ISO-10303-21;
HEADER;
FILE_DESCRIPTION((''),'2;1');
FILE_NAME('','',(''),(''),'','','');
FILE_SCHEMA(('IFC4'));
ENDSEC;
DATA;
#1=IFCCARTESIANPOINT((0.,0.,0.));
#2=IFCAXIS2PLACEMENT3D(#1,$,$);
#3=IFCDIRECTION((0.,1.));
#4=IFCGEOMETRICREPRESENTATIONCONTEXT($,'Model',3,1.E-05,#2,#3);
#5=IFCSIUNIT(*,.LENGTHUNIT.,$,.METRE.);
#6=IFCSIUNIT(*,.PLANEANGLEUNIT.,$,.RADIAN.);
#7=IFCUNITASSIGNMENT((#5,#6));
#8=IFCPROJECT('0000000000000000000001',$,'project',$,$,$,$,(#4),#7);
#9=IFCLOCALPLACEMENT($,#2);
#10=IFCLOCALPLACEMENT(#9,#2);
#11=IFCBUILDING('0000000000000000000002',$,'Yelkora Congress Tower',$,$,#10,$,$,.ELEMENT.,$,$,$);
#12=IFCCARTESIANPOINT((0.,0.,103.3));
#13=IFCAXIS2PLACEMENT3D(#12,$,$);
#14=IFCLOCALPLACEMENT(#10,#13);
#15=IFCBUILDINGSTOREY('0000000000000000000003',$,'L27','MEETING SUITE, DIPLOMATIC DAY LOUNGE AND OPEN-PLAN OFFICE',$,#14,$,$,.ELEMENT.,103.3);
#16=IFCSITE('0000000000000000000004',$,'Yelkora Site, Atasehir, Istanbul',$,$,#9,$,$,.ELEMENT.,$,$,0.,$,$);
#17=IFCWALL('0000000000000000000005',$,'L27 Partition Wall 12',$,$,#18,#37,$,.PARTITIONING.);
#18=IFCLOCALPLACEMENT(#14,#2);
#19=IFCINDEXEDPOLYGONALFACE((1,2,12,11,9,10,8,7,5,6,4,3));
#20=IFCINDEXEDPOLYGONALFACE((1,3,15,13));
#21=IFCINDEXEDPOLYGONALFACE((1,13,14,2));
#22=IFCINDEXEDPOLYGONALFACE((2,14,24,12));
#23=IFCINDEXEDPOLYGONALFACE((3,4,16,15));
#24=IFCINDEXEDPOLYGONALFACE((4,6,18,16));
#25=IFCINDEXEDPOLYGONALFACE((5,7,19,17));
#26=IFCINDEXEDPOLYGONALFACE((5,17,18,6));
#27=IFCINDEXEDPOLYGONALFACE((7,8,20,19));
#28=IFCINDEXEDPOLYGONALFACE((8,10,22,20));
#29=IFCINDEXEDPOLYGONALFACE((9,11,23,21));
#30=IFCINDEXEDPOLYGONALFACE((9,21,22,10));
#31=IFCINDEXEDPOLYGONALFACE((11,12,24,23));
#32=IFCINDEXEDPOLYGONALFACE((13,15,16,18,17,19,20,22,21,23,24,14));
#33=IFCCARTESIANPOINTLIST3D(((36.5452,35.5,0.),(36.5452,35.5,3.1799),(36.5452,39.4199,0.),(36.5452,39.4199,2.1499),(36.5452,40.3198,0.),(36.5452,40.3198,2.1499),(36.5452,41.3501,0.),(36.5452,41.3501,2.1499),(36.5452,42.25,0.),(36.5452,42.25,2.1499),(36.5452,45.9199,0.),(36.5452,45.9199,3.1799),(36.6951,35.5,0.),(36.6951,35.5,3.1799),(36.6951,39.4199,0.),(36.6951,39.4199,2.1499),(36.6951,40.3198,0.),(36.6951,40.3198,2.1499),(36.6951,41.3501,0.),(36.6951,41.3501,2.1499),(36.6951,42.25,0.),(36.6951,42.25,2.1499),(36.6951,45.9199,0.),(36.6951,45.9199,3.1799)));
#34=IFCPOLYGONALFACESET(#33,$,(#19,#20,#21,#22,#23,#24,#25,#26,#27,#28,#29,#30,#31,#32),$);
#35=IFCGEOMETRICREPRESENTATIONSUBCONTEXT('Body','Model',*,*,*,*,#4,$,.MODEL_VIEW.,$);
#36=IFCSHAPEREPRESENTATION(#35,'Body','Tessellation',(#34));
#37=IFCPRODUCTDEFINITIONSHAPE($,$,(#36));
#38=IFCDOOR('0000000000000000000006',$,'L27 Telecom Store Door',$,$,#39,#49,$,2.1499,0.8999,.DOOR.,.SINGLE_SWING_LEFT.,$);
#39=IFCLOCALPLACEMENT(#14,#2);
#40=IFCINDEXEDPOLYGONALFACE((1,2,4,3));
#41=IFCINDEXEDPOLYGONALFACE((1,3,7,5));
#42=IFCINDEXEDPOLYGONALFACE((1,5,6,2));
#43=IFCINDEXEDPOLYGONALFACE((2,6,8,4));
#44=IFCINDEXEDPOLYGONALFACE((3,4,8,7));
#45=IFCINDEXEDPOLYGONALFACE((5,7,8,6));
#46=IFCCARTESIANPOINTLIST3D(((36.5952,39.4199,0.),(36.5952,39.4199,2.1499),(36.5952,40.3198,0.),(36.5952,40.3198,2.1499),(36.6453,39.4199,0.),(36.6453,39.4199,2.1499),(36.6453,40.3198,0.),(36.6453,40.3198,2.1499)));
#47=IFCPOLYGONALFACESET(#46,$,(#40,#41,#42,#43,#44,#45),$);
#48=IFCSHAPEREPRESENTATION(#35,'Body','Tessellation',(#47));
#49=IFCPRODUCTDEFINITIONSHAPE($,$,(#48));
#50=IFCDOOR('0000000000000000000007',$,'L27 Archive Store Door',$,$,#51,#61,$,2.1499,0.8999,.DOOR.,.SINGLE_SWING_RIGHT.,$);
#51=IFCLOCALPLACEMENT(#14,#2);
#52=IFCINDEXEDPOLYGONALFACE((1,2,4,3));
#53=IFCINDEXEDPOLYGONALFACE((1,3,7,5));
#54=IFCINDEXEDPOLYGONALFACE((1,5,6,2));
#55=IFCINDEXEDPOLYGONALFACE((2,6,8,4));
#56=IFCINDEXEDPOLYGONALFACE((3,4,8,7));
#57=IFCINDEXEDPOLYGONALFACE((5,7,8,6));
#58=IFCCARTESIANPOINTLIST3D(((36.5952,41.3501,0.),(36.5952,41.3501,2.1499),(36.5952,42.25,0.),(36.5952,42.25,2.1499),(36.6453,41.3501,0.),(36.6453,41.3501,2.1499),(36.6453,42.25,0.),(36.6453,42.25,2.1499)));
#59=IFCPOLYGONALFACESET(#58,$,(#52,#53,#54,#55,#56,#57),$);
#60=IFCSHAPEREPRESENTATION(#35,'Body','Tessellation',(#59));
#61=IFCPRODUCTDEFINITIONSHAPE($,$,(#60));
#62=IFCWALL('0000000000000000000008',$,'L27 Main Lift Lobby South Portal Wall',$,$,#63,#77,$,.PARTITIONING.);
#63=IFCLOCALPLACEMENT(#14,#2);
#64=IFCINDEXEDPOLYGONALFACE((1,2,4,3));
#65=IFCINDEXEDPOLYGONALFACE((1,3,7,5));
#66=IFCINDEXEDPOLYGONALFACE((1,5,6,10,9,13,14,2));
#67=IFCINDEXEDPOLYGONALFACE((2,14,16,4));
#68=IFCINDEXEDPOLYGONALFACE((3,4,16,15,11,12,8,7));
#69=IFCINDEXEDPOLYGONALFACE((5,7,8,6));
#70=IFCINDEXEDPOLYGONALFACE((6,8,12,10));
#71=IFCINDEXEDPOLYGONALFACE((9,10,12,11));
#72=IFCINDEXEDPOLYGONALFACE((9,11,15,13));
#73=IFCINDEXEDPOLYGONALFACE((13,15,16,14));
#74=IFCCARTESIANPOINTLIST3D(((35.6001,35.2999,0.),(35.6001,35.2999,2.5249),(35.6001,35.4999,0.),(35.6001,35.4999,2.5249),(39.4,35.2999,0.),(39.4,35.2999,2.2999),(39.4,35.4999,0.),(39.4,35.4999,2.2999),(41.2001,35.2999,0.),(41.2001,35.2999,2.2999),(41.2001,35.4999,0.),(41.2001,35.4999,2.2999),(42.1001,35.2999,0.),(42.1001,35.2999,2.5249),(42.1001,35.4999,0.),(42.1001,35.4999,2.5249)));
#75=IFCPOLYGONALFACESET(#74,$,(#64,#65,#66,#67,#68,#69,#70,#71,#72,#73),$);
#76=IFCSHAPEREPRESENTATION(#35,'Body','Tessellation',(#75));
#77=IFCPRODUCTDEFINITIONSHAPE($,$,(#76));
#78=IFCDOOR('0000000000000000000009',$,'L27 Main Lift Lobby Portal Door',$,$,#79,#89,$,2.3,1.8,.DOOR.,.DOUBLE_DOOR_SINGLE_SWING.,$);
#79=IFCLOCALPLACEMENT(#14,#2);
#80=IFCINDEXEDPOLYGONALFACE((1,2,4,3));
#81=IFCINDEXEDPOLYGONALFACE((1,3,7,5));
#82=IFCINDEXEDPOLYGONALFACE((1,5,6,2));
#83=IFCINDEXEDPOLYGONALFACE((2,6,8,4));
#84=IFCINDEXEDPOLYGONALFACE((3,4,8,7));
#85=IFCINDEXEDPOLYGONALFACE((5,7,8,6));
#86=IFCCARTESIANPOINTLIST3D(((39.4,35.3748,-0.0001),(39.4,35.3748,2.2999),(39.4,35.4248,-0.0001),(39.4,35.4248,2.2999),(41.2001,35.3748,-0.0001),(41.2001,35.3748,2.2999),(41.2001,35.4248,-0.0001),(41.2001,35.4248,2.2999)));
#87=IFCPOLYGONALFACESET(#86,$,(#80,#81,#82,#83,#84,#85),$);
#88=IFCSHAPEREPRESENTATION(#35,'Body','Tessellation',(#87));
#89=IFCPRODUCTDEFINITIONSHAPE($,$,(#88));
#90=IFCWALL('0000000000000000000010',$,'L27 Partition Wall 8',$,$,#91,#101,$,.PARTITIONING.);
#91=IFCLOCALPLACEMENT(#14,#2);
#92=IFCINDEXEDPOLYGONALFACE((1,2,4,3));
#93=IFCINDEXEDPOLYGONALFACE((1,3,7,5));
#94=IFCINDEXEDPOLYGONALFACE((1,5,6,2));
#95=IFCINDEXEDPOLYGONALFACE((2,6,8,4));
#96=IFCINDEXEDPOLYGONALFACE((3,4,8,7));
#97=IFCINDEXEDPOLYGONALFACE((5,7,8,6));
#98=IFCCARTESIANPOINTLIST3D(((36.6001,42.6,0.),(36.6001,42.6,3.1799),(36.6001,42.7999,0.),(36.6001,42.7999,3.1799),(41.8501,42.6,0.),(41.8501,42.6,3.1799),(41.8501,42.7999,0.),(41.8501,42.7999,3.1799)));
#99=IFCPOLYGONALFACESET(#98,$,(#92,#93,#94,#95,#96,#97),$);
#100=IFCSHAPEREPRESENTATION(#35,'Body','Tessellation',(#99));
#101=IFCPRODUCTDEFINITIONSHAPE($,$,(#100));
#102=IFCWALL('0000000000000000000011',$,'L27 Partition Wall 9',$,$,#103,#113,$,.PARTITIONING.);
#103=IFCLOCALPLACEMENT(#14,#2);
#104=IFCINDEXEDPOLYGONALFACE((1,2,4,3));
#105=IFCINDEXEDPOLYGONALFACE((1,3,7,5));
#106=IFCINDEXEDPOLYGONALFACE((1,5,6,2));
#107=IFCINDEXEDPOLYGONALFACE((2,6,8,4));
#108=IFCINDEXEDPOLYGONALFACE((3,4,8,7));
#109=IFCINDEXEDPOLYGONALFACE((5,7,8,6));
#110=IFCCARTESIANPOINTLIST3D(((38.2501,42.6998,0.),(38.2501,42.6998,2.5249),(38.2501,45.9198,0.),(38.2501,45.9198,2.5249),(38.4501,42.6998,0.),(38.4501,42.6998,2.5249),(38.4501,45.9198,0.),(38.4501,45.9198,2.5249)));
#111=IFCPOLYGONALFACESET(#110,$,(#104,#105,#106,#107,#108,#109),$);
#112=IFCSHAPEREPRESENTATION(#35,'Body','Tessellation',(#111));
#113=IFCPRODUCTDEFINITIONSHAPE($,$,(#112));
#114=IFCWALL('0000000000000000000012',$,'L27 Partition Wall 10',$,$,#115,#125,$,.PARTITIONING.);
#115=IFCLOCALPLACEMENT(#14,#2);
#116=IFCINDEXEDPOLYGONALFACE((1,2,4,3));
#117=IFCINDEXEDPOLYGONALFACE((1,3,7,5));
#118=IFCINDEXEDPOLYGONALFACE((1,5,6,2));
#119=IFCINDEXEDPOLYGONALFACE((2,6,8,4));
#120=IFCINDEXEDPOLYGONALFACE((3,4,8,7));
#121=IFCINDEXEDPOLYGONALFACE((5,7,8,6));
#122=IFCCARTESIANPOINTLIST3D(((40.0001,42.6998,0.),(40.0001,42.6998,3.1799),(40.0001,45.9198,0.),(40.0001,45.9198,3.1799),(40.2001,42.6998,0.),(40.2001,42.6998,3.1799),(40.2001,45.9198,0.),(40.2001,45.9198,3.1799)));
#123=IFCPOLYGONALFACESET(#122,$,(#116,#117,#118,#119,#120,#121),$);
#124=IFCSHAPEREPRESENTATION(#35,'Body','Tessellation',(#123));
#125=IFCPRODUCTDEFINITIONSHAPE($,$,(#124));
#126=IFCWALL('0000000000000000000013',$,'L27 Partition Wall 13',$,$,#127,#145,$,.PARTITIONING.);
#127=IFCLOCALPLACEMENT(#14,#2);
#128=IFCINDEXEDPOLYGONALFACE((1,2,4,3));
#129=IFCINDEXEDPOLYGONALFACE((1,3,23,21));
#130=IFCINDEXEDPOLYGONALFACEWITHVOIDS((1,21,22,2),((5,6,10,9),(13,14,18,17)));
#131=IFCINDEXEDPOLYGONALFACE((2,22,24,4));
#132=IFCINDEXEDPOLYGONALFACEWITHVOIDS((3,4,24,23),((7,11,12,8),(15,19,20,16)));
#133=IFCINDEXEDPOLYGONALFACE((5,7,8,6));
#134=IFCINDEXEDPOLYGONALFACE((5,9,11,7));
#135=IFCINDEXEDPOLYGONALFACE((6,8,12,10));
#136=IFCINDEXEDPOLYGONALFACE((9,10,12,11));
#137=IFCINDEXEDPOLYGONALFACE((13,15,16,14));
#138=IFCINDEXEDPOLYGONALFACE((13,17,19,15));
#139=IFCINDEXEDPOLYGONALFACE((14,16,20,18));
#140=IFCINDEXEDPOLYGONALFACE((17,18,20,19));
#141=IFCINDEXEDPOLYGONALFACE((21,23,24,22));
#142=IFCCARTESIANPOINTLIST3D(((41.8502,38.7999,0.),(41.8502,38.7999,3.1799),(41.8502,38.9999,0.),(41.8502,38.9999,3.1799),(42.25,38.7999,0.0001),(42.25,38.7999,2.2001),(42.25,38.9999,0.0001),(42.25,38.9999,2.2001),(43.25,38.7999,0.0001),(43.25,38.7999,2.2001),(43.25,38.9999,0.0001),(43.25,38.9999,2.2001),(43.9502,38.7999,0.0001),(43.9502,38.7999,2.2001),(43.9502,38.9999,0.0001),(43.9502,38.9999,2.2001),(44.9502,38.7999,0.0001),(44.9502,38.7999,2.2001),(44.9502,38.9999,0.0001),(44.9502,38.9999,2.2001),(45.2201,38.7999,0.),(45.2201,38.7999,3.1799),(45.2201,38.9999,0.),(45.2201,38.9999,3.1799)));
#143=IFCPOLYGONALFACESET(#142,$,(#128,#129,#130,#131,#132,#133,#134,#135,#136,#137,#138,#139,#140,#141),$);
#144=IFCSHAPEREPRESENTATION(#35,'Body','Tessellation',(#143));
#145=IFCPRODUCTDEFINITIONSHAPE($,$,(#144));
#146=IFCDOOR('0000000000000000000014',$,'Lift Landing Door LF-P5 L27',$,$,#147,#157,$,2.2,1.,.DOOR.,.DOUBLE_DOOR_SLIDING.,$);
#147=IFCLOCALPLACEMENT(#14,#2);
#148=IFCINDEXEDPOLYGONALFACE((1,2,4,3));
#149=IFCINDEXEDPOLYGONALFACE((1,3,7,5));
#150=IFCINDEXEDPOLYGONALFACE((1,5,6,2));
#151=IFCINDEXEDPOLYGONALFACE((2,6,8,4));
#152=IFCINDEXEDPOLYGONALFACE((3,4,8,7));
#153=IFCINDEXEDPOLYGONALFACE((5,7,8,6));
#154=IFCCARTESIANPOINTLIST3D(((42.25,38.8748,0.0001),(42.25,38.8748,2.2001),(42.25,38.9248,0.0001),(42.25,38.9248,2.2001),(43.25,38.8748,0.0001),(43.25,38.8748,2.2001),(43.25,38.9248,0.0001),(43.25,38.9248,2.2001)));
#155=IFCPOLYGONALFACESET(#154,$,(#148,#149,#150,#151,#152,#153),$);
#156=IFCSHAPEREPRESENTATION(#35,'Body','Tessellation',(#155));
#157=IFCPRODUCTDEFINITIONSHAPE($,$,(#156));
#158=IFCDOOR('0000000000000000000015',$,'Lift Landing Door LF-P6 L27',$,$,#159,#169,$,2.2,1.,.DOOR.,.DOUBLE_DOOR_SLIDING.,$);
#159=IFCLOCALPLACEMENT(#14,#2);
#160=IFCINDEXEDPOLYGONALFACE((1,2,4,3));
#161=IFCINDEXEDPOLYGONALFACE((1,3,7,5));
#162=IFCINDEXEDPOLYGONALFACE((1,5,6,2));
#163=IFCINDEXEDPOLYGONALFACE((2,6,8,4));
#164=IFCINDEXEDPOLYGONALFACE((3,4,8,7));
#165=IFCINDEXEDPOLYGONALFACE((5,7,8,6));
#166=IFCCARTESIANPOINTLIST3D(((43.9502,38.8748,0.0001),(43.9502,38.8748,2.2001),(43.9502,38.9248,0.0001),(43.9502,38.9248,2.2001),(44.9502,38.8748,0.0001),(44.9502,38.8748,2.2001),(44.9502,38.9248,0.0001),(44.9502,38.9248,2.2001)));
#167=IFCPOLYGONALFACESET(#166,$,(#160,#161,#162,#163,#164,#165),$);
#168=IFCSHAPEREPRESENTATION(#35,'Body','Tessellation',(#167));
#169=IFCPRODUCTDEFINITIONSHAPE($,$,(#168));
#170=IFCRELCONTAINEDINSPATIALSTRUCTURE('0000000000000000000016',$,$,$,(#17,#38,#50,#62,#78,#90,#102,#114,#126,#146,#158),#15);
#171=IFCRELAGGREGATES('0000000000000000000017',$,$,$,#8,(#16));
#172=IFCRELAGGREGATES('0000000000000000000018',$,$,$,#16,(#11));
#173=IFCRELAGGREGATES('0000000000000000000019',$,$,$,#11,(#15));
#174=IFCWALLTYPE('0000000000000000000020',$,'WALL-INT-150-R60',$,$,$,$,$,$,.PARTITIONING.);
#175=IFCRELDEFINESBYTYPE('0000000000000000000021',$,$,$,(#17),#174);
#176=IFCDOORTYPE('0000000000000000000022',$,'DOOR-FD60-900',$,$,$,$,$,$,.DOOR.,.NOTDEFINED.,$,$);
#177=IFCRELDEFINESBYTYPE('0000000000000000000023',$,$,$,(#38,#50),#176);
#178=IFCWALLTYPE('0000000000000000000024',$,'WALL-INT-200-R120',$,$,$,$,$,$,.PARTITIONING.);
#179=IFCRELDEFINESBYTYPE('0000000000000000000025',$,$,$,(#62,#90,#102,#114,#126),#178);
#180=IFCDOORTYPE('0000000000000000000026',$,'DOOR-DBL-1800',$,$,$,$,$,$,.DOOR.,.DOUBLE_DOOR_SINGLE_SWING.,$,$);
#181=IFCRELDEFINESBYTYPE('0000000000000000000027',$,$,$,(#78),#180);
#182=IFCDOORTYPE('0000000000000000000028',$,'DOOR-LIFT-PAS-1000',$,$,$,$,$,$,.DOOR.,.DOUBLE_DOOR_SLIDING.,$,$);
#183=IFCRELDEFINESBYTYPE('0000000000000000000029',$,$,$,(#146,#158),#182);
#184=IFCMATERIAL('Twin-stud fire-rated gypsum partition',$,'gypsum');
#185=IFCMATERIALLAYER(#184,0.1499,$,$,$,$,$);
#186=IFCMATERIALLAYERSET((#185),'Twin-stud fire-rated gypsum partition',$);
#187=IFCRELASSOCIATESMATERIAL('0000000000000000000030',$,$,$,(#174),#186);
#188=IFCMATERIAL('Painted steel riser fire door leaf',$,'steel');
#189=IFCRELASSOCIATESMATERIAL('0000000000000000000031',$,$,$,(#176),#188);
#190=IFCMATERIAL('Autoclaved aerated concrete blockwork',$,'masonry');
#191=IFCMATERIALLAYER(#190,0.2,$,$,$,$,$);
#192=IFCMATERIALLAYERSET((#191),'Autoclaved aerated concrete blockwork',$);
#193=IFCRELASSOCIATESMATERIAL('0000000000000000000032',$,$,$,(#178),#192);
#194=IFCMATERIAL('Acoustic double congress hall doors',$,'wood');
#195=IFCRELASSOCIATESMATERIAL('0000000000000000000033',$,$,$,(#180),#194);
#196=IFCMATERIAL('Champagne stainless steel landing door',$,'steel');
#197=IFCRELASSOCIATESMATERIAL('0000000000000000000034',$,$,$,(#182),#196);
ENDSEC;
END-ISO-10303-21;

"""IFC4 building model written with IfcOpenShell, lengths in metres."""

from ifc_helpers import new_model, si_unit, direction, frame, frame_2d, origin, place, context, subcontext, project, spatial, rectangle, extrude, material, layer, layer_set, type_object, element, fill, save


model = new_model("IFC4")

# Units and contexts
model_context = context("Model", 3, precision=1e-05, world=origin(), true_north=direction((0.0, 1.0)))
body_context = subcontext(model_context, "Body", "Model", "MODEL_VIEW")
ifc_project = project(units=[si_unit("LENGTHUNIT", "METRE"), si_unit("PLANEANGLEUNIT", "RADIAN")], contexts=[model_context])

# Site, building, storey
site_placement = place(None, origin())
site = spatial("IfcSite", under=ifc_project, at=site_placement, Name="Yelkora Site, Atasehir, Istanbul", CompositionType="ELEMENT", RefElevation=0.0)
building_placement = place(site_placement, origin())
building = spatial("IfcBuilding", under=site, at=building_placement, Name="Yelkora Congress Tower", CompositionType="ELEMENT")
storey_placement = place(building_placement, frame((0.0, 0.0, 103.3)))
storey = spatial("IfcBuildingStorey", under=building, at=storey_placement, Name="L27", Description="MEETING SUITE, DIPLOMATIC DAY LOUNGE AND OPEN-PLAN OFFICE", CompositionType="ELEMENT", Elevation=103.3)

# Shared definitions
ifc_material_1 = material(Name="Twin-stud fire-rated gypsum partition", Category="gypsum")
ifc_layer_1 = layer(ifc_material_1, 0.1499)
ifc_layer_set_1 = layer_set([ifc_layer_1], Name="Twin-stud fire-rated gypsum partition")
wall_type_1 = type_object("IfcWallType", Name="WALL-INT-150-R60", PredefinedType="PARTITIONING", material=ifc_layer_set_1)

# Wall, openings, doors
wall_1_placement = place(storey_placement, frame((36.6201, 35.5, 0.0), z_axis=(0.0, 0.0, 1.0), x_axis=(0.0, 1.0, 0.0)))
wall_1 = element("IfcWall", 1, at=wall_1_placement, inside=storey, type_object=wall_type_1, Name="L27 Partition Wall 12", PredefinedType="PARTITIONING", context=body_context, shape_type="SweptSolid", body=[
    extrude(rectangle(XDim=10.4199, YDim=0.1499, at=frame_2d((5.21, 0.0))), origin(), (0.0, 0.0, 1.0), 3.1799),
])
opening_1_placement = place(wall_1_placement, frame((3.9199, 0.0, 0.0)))
opening_1 = element("IfcOpeningElement", 2, at=opening_1_placement, cuts=wall_1, PredefinedType="OPENING", context=body_context, shape_type="SweptSolid", body=[
    extrude(rectangle(XDim=0.8999, YDim=2.1499, at=frame_2d((0.45, 1.075))), frame((0.0, 0.085, 0.0), z_axis=(0.0, -1.0, 0.0), x_axis=(1.0, 0.0, 0.0)), (0.0, 0.0, 1.0), 0.1699),
])
opening_2_placement = place(wall_1_placement, frame((5.8501, 0.0, 0.0)))
opening_2 = element("IfcOpeningElement", 3, at=opening_2_placement, cuts=wall_1, PredefinedType="OPENING", context=body_context, shape_type="SweptSolid", body=[
    extrude(rectangle(XDim=0.8999, YDim=2.1499, at=frame_2d((0.45, 1.075))), frame((0.0, 0.085, 0.0), z_axis=(0.0, -1.0, 0.0), x_axis=(1.0, 0.0, 0.0)), (0.0, 0.0, 1.0), 0.1699),
])
ifc_material_2 = material(Name="Painted steel riser fire door leaf", Category="steel")
door_type_1 = type_object("IfcDoorType", Name="DOOR-FD60-900", OperationType="NOTDEFINED", PredefinedType="DOOR", material=ifc_material_2)
door_1_placement = place(opening_1_placement, origin())
door_1 = element("IfcDoor", 4, at=door_1_placement, inside=storey, type_object=door_type_1, Name="L27 Telecom Store Door", OperationType="SINGLE_SWING_LEFT", OverallHeight=2.1499, OverallWidth=0.8999, PredefinedType="DOOR", context=body_context, shape_type="SweptSolid", body=[
    extrude(rectangle(XDim=0.8999, YDim=2.1499, at=frame_2d((0.45, 1.075))), frame((0.0, 0.0249, 0.0), z_axis=(0.0, -1.0, 0.0), x_axis=(1.0, 0.0, 0.0)), (0.0, 0.0, 1.0), 0.05),
])
fill(opening_1, door_1)
door_2_placement = place(opening_2_placement, origin())
door_2 = element("IfcDoor", 5, at=door_2_placement, inside=storey, type_object=door_type_1, Name="L27 Archive Store Door", OperationType="SINGLE_SWING_RIGHT", OverallHeight=2.1499, OverallWidth=0.8999, PredefinedType="DOOR", context=body_context, shape_type="SweptSolid", body=[
    extrude(rectangle(XDim=0.8999, YDim=2.1499, at=frame_2d((0.45, 1.075))), frame((0.0, 0.0249, 0.0), z_axis=(0.0, -1.0, 0.0), x_axis=(1.0, 0.0, 0.0)), (0.0, 0.0, 1.0), 0.05),
])
fill(opening_2, door_2)

# Wall, opening, door
ifc_material_3 = material(Name="Autoclaved aerated concrete blockwork", Category="masonry")
ifc_layer_2 = layer(ifc_material_3, 0.2)
ifc_layer_set_2 = layer_set([ifc_layer_2], Name="Autoclaved aerated concrete blockwork")
wall_type_2 = type_object("IfcWallType", Name="WALL-INT-200-R120", PredefinedType="PARTITIONING", material=ifc_layer_set_2)
wall_2_placement = place(storey_placement, frame((35.6001, 35.3999, 0.0), z_axis=(0.0, 0.0, 1.0), x_axis=(1.0, 0.0, 0.0)))
wall_2 = element("IfcWall", 6, at=wall_2_placement, inside=storey, type_object=wall_type_2, Name="L27 Main Lift Lobby South Portal Wall", PredefinedType="PARTITIONING", context=body_context, shape_type="SweptSolid", body=[
    extrude(rectangle(XDim=6.5, YDim=0.2, at=frame_2d((3.25, 0.0))), origin(), (0.0, 0.0, 1.0), 2.5249),
])
opening_3_placement = place(wall_2_placement, frame((3.8, 0.0, 0.0)))
opening_3 = element("IfcOpeningElement", 7, at=opening_3_placement, cuts=wall_2, PredefinedType="OPENING", context=body_context, shape_type="SweptSolid", body=[
    extrude(rectangle(XDim=1.8, YDim=2.3, at=frame_2d((0.8999, 1.1499))), frame((0.0, 0.1099, 0.0), z_axis=(0.0, -1.0, 0.0), x_axis=(1.0, 0.0, 0.0)), (0.0, 0.0, 1.0), 0.22),
])
ifc_material_4 = material(Name="Acoustic double congress hall doors", Category="wood")
door_type_2 = type_object("IfcDoorType", Name="DOOR-DBL-1800", OperationType="DOUBLE_DOOR_SINGLE_SWING", PredefinedType="DOOR", material=ifc_material_4)
door_3_placement = place(opening_3_placement, origin())
door_3 = element("IfcDoor", 8, at=door_3_placement, inside=storey, type_object=door_type_2, Name="L27 Main Lift Lobby Portal Door", OperationType="DOUBLE_DOOR_SINGLE_SWING", OverallHeight=2.3, OverallWidth=1.8, PredefinedType="DOOR", context=body_context, shape_type="SweptSolid", body=[
    extrude(rectangle(XDim=1.8, YDim=2.3, at=frame_2d((0.8999, 1.1499))), frame((0.0, 0.0249, 0.0), z_axis=(0.0, -1.0, 0.0), x_axis=(1.0, 0.0, 0.0)), (0.0, 0.0, 1.0), 0.05),
])
fill(opening_3, door_3)

# Walls
wall_3_placement = place(storey_placement, frame((36.6001, 42.7, 0.0), z_axis=(0.0, 0.0, 1.0), x_axis=(1.0, 0.0, 0.0)))
element("IfcWall", 9, at=wall_3_placement, inside=storey, type_object=wall_type_2, Name="L27 Partition Wall 8", PredefinedType="PARTITIONING", context=body_context, shape_type="SweptSolid", body=[
    extrude(rectangle(XDim=5.25, YDim=0.2, at=frame_2d((2.625, 0.0))), origin(), (0.0, 0.0, 1.0), 3.1799),
])
wall_4_placement = place(storey_placement, frame((38.3501, 42.7, 0.0), z_axis=(0.0, 0.0, 1.0), x_axis=(0.0, 1.0, 0.0)))
element("IfcWall", 10, at=wall_4_placement, inside=storey, type_object=wall_type_2, Name="L27 Partition Wall 9", PredefinedType="PARTITIONING", context=body_context, shape_type="SweptSolid", body=[
    extrude(rectangle(XDim=3.22, YDim=0.2, at=frame_2d((1.6099, 0.0))), origin(), (0.0, 0.0, 1.0), 2.5249),
])
wall_5_placement = place(storey_placement, frame((40.1001, 42.7, 0.0), z_axis=(0.0, 0.0, 1.0), x_axis=(0.0, 1.0, 0.0)))
element("IfcWall", 11, at=wall_5_placement, inside=storey, type_object=wall_type_2, Name="L27 Partition Wall 10", PredefinedType="PARTITIONING", context=body_context, shape_type="SweptSolid", body=[
    extrude(rectangle(XDim=3.22, YDim=0.2, at=frame_2d((1.6099, 0.0))), origin(), (0.0, 0.0, 1.0), 3.1799),
])

# Wall, openings, doors
wall_6_placement = place(storey_placement, frame((41.8501, 38.8999, 0.0), z_axis=(0.0, 0.0, 1.0), x_axis=(1.0, 0.0, 0.0)))
wall_6 = element("IfcWall", 12, at=wall_6_placement, inside=storey, type_object=wall_type_2, Name="L27 Partition Wall 13", PredefinedType="PARTITIONING", context=body_context, shape_type="SweptSolid", body=[
    extrude(rectangle(XDim=3.3699, YDim=0.2, at=frame_2d((1.6851, 0.0))), origin(), (0.0, 0.0, 1.0), 3.1799),
])
opening_4_placement = place(wall_6_placement, frame((0.3999, 0.0, 0.0)))
opening_4 = element("IfcOpeningElement", 13, at=opening_4_placement, cuts=wall_6, PredefinedType="OPENING", context=body_context, shape_type="SweptSolid", body=[
    extrude(rectangle(XDim=1.0, YDim=2.2, at=frame_2d((0.5, 1.1001))), frame((0.0, 0.1099, 0.0), z_axis=(0.0, -1.0, 0.0), x_axis=(1.0, 0.0, 0.0)), (0.0, 0.0, 1.0), 0.22),
])
opening_5_placement = place(wall_6_placement, frame((2.1001, 0.0, 0.0)))
opening_5 = element("IfcOpeningElement", 14, at=opening_5_placement, cuts=wall_6, PredefinedType="OPENING", context=body_context, shape_type="SweptSolid", body=[
    extrude(rectangle(XDim=1.0, YDim=2.2, at=frame_2d((0.5, 1.1001))), frame((0.0, 0.1099, 0.0), z_axis=(0.0, -1.0, 0.0), x_axis=(1.0, 0.0, 0.0)), (0.0, 0.0, 1.0), 0.22),
])
ifc_material_5 = material(Name="Champagne stainless steel landing door", Category="steel")
door_type_3 = type_object("IfcDoorType", Name="DOOR-LIFT-PAS-1000", OperationType="DOUBLE_DOOR_SLIDING", PredefinedType="DOOR", material=ifc_material_5)
door_4_placement = place(opening_4_placement, origin())
door_4 = element("IfcDoor", 15, at=door_4_placement, inside=storey, type_object=door_type_3, Name="Lift Landing Door LF-P5 L27", OperationType="DOUBLE_DOOR_SLIDING", OverallHeight=2.2, OverallWidth=1.0, PredefinedType="DOOR", context=body_context, shape_type="SweptSolid", body=[
    extrude(rectangle(XDim=1.0, YDim=2.2, at=frame_2d((0.5, 1.1001))), frame((0.0, 0.0249, 0.0), z_axis=(0.0, -1.0, 0.0), x_axis=(1.0, 0.0, 0.0)), (0.0, 0.0, 1.0), 0.05),
])
fill(opening_4, door_4)
door_5_placement = place(opening_5_placement, origin())
door_5 = element("IfcDoor", 16, at=door_5_placement, inside=storey, type_object=door_type_3, Name="Lift Landing Door LF-P6 L27", OperationType="DOUBLE_DOOR_SLIDING", OverallHeight=2.2, OverallWidth=1.0, PredefinedType="DOOR", context=body_context, shape_type="SweptSolid", body=[
    extrude(rectangle(XDim=1.0, YDim=2.2, at=frame_2d((0.5, 1.1001))), frame((0.0, 0.0249, 0.0), z_axis=(0.0, -1.0, 0.0), x_axis=(1.0, 0.0, 0.0)), (0.0, 0.0, 1.0), 0.05),
])
fill(opening_5, door_5)

save(model, "model.ifc")
